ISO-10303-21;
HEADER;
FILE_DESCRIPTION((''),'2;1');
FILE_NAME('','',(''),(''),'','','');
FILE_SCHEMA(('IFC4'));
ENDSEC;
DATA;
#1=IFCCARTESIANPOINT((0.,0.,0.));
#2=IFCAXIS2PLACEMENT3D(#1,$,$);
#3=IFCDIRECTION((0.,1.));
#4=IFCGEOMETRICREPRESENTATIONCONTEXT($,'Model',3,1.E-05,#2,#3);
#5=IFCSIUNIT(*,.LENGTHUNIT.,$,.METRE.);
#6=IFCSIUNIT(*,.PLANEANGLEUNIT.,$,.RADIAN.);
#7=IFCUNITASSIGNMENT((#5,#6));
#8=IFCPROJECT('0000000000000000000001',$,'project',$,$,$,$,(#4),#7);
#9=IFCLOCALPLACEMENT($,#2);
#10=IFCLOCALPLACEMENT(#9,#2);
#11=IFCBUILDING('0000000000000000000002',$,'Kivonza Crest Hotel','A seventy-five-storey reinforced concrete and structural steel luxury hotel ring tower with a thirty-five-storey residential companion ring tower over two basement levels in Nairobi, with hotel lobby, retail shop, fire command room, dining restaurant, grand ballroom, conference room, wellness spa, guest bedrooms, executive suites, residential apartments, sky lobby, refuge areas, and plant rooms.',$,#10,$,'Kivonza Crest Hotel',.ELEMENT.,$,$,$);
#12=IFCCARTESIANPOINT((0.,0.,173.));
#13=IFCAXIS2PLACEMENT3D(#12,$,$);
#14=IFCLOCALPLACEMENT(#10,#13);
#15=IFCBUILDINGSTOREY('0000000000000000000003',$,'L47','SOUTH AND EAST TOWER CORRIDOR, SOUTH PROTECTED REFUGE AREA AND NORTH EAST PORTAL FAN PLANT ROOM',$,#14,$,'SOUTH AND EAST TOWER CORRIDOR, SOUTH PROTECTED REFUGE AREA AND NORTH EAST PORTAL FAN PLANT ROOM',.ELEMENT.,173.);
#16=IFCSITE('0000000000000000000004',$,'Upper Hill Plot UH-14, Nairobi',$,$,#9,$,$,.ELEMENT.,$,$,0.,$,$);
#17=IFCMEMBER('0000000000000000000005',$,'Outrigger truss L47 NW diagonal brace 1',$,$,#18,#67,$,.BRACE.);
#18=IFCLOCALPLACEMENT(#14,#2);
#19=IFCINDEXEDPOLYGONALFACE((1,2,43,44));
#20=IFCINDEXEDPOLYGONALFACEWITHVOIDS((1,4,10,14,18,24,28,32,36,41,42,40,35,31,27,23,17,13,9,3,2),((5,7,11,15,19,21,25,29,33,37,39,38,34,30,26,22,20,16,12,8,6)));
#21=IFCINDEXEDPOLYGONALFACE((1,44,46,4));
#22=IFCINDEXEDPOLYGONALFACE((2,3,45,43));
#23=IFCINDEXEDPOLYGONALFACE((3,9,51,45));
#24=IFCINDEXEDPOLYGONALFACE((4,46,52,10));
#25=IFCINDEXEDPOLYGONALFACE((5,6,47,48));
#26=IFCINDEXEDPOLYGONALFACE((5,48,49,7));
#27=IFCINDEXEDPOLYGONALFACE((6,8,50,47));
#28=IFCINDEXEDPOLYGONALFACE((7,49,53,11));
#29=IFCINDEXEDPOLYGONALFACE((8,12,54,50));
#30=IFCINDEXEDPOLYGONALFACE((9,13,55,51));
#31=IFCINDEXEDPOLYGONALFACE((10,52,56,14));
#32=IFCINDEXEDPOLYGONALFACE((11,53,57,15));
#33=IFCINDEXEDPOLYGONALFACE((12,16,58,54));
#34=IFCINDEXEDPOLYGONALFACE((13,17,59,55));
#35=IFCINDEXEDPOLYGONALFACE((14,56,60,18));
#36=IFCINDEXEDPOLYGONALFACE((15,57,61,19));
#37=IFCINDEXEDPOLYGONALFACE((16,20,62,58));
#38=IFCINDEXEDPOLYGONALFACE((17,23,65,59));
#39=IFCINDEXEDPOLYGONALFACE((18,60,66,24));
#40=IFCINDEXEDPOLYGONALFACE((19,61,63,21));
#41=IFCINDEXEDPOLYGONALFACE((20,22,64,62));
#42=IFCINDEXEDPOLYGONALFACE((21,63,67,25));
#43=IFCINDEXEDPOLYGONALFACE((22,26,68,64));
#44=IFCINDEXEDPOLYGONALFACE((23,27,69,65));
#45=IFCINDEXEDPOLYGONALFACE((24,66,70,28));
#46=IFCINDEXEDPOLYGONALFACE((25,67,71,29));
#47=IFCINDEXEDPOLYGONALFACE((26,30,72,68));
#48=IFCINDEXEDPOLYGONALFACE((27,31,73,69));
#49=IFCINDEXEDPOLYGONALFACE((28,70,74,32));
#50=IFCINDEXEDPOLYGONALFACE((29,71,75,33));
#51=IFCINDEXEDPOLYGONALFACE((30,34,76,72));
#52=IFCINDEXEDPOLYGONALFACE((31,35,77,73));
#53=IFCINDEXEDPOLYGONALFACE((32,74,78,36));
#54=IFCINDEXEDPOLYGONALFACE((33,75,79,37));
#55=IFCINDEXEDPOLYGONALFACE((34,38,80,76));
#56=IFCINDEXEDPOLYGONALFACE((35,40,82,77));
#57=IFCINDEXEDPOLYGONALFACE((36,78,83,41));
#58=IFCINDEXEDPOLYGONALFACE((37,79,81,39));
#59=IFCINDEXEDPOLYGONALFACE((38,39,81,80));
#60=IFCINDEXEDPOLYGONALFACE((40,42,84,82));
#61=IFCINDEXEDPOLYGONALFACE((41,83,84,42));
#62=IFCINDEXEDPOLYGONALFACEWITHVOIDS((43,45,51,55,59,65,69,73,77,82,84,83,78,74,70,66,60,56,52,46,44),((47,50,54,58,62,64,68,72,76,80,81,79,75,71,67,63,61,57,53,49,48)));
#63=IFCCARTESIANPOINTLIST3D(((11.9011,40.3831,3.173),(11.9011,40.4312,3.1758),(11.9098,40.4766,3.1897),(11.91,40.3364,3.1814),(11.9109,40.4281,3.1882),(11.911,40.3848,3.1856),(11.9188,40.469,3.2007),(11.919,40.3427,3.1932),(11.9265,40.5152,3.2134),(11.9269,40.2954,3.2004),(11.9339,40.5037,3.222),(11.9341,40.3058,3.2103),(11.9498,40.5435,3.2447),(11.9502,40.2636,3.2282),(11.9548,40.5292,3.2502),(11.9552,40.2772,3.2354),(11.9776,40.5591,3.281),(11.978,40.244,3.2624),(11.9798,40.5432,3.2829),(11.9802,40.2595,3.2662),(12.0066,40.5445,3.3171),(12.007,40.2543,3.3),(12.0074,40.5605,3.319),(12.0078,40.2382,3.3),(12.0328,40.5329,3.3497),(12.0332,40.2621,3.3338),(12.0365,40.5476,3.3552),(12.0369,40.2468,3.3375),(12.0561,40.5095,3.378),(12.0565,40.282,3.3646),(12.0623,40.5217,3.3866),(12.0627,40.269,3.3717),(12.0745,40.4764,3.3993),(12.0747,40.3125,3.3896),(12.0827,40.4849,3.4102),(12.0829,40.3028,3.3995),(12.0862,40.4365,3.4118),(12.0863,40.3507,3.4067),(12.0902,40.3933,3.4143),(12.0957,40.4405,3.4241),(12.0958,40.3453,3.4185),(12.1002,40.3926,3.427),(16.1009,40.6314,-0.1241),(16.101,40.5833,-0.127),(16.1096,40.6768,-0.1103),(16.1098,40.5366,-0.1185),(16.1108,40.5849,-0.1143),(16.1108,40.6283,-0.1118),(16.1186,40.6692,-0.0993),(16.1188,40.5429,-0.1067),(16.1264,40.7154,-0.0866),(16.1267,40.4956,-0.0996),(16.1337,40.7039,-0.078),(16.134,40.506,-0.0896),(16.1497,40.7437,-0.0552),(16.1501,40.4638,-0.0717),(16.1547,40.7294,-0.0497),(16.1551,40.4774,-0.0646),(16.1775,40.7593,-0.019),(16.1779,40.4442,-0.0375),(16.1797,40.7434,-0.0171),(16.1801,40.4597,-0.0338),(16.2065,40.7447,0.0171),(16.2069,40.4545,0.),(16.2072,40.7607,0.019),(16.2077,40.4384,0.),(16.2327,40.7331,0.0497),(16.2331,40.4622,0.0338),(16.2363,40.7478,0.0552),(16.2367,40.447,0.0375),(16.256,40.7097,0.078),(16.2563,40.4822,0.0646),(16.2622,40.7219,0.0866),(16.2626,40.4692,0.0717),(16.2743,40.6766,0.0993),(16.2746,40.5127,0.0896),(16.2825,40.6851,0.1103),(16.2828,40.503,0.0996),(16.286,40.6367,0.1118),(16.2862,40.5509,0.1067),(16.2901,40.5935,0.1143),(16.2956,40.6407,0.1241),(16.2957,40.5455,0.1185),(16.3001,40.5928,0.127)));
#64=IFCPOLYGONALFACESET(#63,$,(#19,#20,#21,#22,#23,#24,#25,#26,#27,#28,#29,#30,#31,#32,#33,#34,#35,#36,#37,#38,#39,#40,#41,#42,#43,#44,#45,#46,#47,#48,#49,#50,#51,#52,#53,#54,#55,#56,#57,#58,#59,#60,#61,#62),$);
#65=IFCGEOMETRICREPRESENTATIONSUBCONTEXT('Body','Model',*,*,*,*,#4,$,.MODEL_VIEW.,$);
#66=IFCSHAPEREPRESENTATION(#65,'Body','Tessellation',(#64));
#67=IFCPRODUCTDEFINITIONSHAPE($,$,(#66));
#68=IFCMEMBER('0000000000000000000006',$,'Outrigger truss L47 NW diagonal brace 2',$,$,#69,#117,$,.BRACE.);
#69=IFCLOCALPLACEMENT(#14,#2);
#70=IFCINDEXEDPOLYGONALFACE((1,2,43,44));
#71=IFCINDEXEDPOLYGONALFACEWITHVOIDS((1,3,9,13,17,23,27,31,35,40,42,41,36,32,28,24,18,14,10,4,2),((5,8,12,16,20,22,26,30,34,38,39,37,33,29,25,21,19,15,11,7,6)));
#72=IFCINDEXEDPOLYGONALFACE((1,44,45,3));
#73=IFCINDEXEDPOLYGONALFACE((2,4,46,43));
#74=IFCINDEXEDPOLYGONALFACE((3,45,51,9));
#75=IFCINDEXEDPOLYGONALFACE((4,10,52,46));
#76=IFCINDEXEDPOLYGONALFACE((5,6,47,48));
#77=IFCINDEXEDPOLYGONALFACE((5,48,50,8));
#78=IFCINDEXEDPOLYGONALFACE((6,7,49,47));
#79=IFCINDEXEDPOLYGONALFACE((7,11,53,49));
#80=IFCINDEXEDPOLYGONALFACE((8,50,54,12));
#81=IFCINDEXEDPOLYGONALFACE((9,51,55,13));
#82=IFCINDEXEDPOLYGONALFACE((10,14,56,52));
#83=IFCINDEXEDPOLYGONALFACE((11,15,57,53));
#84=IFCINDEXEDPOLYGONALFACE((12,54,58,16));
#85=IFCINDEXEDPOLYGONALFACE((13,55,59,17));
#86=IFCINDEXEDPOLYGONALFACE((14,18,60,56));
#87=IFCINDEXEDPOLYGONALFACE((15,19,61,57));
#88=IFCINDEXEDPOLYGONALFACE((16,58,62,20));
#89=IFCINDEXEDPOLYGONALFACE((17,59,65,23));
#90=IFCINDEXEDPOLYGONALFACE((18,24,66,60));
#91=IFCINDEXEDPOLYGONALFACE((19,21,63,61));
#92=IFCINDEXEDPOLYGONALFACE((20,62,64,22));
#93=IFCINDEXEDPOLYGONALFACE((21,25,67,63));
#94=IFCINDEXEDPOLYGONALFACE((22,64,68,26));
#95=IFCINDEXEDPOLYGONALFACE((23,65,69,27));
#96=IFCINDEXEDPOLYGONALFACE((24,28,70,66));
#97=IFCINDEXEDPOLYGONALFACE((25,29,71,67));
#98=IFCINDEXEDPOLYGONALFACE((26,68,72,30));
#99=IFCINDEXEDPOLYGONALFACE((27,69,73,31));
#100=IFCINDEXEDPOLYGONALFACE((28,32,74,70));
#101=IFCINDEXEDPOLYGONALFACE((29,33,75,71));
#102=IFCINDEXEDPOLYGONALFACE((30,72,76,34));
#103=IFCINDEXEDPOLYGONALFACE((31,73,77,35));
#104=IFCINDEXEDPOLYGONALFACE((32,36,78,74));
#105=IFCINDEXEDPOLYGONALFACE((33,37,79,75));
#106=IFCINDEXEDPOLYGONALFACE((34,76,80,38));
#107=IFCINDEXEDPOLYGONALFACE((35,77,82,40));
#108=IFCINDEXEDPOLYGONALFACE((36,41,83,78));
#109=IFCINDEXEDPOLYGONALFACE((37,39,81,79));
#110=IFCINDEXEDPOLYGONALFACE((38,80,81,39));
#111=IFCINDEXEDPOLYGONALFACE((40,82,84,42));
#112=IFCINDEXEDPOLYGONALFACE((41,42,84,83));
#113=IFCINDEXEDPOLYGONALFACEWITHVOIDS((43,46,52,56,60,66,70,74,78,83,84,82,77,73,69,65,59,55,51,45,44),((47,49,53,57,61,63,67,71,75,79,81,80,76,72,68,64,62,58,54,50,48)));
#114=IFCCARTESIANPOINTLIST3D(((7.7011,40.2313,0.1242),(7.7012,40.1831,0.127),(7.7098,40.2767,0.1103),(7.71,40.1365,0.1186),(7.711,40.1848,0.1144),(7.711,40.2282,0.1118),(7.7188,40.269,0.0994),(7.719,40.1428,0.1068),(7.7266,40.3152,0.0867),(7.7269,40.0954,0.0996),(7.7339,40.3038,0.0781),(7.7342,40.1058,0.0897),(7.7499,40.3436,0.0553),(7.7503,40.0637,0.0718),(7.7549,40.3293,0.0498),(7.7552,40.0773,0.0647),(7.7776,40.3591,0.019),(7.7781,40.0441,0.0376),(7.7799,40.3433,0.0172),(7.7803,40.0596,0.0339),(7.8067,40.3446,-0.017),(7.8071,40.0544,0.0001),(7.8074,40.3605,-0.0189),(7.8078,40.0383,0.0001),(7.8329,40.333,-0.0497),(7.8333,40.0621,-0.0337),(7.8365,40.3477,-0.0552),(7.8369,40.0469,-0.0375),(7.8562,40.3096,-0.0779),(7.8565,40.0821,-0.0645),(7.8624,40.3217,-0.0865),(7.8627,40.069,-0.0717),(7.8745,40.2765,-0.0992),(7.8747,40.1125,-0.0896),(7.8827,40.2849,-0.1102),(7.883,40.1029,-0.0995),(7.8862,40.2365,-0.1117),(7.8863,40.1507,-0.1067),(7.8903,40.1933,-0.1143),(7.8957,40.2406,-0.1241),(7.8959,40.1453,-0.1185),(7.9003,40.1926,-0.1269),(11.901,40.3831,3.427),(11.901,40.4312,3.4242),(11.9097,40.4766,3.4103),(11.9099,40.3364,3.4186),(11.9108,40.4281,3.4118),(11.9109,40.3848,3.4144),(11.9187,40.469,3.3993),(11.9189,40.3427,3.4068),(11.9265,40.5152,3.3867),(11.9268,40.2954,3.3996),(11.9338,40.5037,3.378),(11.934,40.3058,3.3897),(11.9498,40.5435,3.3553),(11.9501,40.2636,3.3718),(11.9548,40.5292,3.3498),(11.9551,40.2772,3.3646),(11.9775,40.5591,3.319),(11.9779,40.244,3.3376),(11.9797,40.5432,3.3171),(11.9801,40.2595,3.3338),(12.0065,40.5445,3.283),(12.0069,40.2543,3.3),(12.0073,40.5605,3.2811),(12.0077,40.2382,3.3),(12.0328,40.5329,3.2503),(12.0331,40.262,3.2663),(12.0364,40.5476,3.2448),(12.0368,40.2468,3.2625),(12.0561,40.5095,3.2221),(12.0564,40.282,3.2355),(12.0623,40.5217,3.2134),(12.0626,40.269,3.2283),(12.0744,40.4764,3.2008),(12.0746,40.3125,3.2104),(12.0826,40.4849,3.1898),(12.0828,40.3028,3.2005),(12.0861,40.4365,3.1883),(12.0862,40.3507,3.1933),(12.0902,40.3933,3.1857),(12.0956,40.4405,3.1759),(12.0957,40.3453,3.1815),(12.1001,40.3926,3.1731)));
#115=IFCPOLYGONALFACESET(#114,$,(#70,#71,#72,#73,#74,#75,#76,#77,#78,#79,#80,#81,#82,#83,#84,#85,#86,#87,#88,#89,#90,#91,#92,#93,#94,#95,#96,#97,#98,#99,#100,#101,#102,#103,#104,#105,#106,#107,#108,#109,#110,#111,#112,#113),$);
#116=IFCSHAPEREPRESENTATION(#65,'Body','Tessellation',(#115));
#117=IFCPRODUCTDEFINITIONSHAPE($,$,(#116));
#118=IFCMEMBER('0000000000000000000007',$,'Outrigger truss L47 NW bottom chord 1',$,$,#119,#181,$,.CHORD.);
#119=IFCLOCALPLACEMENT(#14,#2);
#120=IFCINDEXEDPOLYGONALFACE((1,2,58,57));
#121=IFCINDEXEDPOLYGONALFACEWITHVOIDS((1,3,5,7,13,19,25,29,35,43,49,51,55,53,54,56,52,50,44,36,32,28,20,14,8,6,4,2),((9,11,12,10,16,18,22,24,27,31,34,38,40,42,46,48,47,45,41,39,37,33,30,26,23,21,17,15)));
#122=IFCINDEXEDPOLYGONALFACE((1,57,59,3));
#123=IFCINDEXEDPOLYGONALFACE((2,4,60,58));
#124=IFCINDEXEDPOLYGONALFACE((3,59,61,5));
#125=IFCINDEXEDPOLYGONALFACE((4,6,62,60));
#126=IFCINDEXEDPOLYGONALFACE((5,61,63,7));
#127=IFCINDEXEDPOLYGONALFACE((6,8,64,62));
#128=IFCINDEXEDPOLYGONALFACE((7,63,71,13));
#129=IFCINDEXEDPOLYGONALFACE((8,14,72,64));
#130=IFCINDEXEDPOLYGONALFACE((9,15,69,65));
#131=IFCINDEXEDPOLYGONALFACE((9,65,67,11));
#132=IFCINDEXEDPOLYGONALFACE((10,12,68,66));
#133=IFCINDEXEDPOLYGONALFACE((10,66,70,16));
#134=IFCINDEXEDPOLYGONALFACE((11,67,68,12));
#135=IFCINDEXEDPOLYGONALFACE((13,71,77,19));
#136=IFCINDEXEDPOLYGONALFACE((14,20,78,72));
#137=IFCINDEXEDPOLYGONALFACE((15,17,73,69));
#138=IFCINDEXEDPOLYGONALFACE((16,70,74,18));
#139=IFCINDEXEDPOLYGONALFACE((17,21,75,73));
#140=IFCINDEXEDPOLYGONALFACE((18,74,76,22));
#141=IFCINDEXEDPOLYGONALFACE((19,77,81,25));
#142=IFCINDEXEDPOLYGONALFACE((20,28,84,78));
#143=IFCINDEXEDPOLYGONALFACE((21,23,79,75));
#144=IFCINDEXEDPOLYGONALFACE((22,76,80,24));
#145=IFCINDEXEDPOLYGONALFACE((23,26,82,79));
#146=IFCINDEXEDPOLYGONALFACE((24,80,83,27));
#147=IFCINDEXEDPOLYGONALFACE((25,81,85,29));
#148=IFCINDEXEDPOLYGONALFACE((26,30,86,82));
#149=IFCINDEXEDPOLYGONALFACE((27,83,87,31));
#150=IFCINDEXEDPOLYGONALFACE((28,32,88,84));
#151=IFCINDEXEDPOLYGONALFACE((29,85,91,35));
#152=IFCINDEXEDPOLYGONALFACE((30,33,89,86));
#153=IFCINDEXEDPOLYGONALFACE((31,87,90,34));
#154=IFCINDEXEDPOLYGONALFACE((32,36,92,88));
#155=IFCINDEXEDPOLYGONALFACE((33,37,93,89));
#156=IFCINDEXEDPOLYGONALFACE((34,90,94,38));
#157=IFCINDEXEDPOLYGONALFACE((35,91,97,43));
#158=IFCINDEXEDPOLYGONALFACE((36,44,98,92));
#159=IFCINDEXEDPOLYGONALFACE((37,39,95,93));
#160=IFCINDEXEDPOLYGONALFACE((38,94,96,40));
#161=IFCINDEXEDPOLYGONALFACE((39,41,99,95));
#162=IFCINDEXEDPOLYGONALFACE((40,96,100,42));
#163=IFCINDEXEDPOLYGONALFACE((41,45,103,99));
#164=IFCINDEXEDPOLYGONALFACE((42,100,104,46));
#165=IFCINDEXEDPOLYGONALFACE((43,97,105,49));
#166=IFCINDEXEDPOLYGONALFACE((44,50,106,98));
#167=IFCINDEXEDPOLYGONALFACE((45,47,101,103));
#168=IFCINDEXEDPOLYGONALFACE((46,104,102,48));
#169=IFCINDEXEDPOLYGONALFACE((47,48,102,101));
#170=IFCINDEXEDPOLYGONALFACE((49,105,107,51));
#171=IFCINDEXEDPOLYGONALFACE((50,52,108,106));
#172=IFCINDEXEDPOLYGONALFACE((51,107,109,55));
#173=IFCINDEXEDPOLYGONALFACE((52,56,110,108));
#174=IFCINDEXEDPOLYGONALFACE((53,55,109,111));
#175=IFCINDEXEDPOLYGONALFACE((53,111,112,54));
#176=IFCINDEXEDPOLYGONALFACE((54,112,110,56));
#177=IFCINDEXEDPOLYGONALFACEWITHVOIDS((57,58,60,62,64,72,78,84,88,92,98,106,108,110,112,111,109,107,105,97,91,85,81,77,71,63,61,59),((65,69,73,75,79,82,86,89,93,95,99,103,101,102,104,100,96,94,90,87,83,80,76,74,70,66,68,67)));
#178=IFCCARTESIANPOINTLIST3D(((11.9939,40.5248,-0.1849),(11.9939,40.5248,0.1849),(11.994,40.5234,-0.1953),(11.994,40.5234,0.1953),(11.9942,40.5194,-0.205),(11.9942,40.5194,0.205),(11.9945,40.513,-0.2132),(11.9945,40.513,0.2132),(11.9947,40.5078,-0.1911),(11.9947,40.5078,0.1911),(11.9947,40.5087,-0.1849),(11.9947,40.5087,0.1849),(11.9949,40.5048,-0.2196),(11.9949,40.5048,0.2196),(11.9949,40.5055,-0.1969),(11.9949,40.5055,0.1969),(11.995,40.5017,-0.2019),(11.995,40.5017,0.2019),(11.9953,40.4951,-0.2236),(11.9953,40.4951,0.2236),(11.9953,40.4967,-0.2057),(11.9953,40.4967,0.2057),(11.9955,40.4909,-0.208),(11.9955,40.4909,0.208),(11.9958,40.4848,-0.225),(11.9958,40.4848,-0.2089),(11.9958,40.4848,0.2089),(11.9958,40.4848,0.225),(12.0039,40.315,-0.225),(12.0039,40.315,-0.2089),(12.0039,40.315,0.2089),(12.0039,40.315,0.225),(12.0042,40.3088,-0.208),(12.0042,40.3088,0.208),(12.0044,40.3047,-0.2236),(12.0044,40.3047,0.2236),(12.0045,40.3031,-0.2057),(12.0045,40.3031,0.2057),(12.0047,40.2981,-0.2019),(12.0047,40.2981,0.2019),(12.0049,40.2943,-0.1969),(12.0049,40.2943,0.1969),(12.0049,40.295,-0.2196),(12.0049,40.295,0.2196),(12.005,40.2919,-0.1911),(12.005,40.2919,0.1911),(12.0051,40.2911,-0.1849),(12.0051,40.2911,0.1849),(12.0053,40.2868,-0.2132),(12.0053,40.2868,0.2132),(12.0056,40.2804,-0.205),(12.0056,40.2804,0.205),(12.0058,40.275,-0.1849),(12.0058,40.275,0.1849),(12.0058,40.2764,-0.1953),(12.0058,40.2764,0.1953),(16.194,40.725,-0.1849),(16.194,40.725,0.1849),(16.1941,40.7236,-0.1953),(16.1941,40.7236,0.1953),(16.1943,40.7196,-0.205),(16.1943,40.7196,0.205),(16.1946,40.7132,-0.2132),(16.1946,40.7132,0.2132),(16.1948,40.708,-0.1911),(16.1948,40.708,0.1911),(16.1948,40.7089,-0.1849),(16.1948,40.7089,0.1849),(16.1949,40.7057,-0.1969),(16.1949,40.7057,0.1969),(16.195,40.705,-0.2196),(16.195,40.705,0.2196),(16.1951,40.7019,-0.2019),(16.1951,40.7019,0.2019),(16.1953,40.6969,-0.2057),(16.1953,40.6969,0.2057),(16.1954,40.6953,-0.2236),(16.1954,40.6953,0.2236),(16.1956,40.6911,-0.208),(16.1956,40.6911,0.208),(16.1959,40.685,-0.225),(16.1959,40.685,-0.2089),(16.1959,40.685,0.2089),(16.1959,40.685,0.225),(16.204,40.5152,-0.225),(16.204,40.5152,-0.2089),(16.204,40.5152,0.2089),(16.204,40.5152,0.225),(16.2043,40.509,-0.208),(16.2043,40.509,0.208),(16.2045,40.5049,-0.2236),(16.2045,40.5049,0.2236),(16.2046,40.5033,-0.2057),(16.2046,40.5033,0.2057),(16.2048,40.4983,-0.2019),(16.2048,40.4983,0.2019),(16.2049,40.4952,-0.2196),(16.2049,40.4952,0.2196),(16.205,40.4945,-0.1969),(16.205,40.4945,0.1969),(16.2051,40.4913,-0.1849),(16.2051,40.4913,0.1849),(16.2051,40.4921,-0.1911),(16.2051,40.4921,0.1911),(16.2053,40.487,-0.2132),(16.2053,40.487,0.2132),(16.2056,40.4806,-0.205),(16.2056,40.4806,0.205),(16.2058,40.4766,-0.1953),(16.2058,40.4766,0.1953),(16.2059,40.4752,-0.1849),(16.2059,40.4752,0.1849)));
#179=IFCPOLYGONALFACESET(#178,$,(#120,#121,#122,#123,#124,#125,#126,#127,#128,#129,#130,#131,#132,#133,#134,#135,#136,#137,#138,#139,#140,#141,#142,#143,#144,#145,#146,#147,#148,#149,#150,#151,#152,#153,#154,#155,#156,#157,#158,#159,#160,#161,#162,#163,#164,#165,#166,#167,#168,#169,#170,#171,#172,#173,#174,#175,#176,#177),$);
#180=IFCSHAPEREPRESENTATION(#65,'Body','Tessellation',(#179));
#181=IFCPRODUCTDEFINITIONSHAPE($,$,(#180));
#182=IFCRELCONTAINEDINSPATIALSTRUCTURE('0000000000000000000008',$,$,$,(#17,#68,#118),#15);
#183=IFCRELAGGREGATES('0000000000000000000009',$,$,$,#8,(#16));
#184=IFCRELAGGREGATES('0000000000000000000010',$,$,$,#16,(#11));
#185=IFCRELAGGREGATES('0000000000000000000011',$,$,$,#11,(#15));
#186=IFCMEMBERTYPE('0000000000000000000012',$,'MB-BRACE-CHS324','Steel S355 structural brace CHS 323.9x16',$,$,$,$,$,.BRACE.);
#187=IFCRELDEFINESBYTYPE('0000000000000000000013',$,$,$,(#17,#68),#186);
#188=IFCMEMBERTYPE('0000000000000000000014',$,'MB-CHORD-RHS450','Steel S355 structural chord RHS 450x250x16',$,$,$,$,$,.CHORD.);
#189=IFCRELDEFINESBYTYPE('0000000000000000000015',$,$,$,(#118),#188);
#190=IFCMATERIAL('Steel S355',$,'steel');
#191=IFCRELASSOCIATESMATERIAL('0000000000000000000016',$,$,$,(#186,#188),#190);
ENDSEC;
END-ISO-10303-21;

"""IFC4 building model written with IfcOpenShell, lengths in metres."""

from ifc_helpers import new_model, si_unit, direction, frame, origin, origin_2d, place, context, subcontext, project, spatial, hollow_rectangle, hollow_circle, extrude, material, material_profile, profile_set, type_object, element, save


model = new_model("IFC4")

# Units and contexts
model_context = context("Model", 3, precision=1e-05, world=origin(), true_north=direction((0.0, 1.0)))
body_context = subcontext(model_context, "Body", "Model", "MODEL_VIEW")
ifc_project = project(units=[si_unit("LENGTHUNIT", "METRE"), si_unit("PLANEANGLEUNIT", "RADIAN")], contexts=[model_context])

# Site, building, storey
site_placement = place(None, origin())
site = spatial("IfcSite", under=ifc_project, at=site_placement, Name="Upper Hill Plot UH-14, Nairobi", CompositionType="ELEMENT", RefElevation=0.0)
building_placement = place(site_placement, origin())
building = spatial("IfcBuilding", under=site, at=building_placement, Name="Kivonza Crest Hotel", Description="A seventy-five-storey reinforced concrete and structural steel luxury hotel ring tower with a thirty-five-storey residential companion ring tower over two basement levels in Nairobi, with hotel lobby, retail shop, fire command room, dining restaurant, grand ballroom, conference room, wellness spa, guest bedrooms, executive suites, residential apartments, sky lobby, refuge areas, and plant rooms.", LongName="Kivonza Crest Hotel", CompositionType="ELEMENT")
storey_placement = place(building_placement, frame((0.0, 0.0, 173.0)))
storey = spatial("IfcBuildingStorey", under=building, at=storey_placement, Name="L47", Description="SOUTH AND EAST TOWER CORRIDOR, SOUTH PROTECTED REFUGE AREA AND NORTH EAST PORTAL FAN PLANT ROOM", LongName="SOUTH AND EAST TOWER CORRIDOR, SOUTH PROTECTED REFUGE AREA AND NORTH EAST PORTAL FAN PLANT ROOM", CompositionType="ELEMENT", Elevation=173.0)

# Shared definitions
ifc_material_1 = material(Name="Steel S355", Category="steel")

# Members
ifc_material_profile_1 = material_profile(ifc_material_1, hollow_circle(Radius=0.1619, WallThickness=0.0161, at=origin_2d()), Name="CHS 323.9x16")
ifc_profile_set_1 = profile_set([ifc_material_profile_1], Name="Steel S355")
member_type_1 = type_object("IfcMemberType", Name="MB-BRACE-CHS324", Description="Steel S355 structural brace CHS 323.9x16", PredefinedType="BRACE", material=ifc_profile_set_1)
for number, where, z_axis, x_axis, name in (
    (1, (16.2, 40.6001, 0.0), (-0.785759, -0.037454, 0.617398), (0.047612, -0.998866, 0.0), "Outrigger truss L47 NW diagonal brace 1"),
    (2, (12.0, 40.3999, 3.3), (-0.78576, -0.037408, -0.617399), (0.047554, -0.998869, 0.0), "Outrigger truss L47 NW diagonal brace 2"),
):
    element("IfcMember", number, at=place(storey_placement, frame(where, z_axis=z_axis, x_axis=x_axis)), inside=storey, type_object=member_type_1, Name=name, PredefinedType="BRACE", context=body_context, shape_type="SweptSolid", body=[
        extrude(hollow_circle(Radius=0.1619, WallThickness=0.0161, at=origin_2d()), origin(), (0.0, 0.0, 1.0), 5.345),
    ])
ifc_material_profile_2 = material_profile(ifc_material_1, hollow_rectangle(XDim=0.25, YDim=0.45, WallThickness=0.0161, InnerFilletRadius=0.0239, OuterFilletRadius=0.04, at=origin_2d()), Name="RHS 450x250x16")
ifc_profile_set_2 = profile_set([ifc_material_profile_2], Name="Steel S355")
member_type_2 = type_object("IfcMemberType", Name="MB-CHORD-RHS450", Description="Steel S355 structural chord RHS 450x250x16", PredefinedType="CHORD", material=ifc_profile_set_2)
for number, where, z_axis, x_axis, name in (
    (3, (16.2, 40.6001, 0.0), (-0.998866, -0.047612, 0.0), (0.047612, -0.998866, 0.0), "Outrigger truss L47 NW bottom chord 1"),
):
    element("IfcMember", number, at=place(storey_placement, frame(where, z_axis=z_axis, x_axis=x_axis)), inside=storey, type_object=member_type_2, Name=name, PredefinedType="CHORD", context=body_context, shape_type="SweptSolid", body=[
        extrude(hollow_rectangle(XDim=0.25, YDim=0.45, WallThickness=0.0161, InnerFilletRadius=0.0239, OuterFilletRadius=0.04, at=origin_2d()), origin(), (0.0, 0.0, 1.0), 4.2048),
    ])

save(model, "model.ifc")
